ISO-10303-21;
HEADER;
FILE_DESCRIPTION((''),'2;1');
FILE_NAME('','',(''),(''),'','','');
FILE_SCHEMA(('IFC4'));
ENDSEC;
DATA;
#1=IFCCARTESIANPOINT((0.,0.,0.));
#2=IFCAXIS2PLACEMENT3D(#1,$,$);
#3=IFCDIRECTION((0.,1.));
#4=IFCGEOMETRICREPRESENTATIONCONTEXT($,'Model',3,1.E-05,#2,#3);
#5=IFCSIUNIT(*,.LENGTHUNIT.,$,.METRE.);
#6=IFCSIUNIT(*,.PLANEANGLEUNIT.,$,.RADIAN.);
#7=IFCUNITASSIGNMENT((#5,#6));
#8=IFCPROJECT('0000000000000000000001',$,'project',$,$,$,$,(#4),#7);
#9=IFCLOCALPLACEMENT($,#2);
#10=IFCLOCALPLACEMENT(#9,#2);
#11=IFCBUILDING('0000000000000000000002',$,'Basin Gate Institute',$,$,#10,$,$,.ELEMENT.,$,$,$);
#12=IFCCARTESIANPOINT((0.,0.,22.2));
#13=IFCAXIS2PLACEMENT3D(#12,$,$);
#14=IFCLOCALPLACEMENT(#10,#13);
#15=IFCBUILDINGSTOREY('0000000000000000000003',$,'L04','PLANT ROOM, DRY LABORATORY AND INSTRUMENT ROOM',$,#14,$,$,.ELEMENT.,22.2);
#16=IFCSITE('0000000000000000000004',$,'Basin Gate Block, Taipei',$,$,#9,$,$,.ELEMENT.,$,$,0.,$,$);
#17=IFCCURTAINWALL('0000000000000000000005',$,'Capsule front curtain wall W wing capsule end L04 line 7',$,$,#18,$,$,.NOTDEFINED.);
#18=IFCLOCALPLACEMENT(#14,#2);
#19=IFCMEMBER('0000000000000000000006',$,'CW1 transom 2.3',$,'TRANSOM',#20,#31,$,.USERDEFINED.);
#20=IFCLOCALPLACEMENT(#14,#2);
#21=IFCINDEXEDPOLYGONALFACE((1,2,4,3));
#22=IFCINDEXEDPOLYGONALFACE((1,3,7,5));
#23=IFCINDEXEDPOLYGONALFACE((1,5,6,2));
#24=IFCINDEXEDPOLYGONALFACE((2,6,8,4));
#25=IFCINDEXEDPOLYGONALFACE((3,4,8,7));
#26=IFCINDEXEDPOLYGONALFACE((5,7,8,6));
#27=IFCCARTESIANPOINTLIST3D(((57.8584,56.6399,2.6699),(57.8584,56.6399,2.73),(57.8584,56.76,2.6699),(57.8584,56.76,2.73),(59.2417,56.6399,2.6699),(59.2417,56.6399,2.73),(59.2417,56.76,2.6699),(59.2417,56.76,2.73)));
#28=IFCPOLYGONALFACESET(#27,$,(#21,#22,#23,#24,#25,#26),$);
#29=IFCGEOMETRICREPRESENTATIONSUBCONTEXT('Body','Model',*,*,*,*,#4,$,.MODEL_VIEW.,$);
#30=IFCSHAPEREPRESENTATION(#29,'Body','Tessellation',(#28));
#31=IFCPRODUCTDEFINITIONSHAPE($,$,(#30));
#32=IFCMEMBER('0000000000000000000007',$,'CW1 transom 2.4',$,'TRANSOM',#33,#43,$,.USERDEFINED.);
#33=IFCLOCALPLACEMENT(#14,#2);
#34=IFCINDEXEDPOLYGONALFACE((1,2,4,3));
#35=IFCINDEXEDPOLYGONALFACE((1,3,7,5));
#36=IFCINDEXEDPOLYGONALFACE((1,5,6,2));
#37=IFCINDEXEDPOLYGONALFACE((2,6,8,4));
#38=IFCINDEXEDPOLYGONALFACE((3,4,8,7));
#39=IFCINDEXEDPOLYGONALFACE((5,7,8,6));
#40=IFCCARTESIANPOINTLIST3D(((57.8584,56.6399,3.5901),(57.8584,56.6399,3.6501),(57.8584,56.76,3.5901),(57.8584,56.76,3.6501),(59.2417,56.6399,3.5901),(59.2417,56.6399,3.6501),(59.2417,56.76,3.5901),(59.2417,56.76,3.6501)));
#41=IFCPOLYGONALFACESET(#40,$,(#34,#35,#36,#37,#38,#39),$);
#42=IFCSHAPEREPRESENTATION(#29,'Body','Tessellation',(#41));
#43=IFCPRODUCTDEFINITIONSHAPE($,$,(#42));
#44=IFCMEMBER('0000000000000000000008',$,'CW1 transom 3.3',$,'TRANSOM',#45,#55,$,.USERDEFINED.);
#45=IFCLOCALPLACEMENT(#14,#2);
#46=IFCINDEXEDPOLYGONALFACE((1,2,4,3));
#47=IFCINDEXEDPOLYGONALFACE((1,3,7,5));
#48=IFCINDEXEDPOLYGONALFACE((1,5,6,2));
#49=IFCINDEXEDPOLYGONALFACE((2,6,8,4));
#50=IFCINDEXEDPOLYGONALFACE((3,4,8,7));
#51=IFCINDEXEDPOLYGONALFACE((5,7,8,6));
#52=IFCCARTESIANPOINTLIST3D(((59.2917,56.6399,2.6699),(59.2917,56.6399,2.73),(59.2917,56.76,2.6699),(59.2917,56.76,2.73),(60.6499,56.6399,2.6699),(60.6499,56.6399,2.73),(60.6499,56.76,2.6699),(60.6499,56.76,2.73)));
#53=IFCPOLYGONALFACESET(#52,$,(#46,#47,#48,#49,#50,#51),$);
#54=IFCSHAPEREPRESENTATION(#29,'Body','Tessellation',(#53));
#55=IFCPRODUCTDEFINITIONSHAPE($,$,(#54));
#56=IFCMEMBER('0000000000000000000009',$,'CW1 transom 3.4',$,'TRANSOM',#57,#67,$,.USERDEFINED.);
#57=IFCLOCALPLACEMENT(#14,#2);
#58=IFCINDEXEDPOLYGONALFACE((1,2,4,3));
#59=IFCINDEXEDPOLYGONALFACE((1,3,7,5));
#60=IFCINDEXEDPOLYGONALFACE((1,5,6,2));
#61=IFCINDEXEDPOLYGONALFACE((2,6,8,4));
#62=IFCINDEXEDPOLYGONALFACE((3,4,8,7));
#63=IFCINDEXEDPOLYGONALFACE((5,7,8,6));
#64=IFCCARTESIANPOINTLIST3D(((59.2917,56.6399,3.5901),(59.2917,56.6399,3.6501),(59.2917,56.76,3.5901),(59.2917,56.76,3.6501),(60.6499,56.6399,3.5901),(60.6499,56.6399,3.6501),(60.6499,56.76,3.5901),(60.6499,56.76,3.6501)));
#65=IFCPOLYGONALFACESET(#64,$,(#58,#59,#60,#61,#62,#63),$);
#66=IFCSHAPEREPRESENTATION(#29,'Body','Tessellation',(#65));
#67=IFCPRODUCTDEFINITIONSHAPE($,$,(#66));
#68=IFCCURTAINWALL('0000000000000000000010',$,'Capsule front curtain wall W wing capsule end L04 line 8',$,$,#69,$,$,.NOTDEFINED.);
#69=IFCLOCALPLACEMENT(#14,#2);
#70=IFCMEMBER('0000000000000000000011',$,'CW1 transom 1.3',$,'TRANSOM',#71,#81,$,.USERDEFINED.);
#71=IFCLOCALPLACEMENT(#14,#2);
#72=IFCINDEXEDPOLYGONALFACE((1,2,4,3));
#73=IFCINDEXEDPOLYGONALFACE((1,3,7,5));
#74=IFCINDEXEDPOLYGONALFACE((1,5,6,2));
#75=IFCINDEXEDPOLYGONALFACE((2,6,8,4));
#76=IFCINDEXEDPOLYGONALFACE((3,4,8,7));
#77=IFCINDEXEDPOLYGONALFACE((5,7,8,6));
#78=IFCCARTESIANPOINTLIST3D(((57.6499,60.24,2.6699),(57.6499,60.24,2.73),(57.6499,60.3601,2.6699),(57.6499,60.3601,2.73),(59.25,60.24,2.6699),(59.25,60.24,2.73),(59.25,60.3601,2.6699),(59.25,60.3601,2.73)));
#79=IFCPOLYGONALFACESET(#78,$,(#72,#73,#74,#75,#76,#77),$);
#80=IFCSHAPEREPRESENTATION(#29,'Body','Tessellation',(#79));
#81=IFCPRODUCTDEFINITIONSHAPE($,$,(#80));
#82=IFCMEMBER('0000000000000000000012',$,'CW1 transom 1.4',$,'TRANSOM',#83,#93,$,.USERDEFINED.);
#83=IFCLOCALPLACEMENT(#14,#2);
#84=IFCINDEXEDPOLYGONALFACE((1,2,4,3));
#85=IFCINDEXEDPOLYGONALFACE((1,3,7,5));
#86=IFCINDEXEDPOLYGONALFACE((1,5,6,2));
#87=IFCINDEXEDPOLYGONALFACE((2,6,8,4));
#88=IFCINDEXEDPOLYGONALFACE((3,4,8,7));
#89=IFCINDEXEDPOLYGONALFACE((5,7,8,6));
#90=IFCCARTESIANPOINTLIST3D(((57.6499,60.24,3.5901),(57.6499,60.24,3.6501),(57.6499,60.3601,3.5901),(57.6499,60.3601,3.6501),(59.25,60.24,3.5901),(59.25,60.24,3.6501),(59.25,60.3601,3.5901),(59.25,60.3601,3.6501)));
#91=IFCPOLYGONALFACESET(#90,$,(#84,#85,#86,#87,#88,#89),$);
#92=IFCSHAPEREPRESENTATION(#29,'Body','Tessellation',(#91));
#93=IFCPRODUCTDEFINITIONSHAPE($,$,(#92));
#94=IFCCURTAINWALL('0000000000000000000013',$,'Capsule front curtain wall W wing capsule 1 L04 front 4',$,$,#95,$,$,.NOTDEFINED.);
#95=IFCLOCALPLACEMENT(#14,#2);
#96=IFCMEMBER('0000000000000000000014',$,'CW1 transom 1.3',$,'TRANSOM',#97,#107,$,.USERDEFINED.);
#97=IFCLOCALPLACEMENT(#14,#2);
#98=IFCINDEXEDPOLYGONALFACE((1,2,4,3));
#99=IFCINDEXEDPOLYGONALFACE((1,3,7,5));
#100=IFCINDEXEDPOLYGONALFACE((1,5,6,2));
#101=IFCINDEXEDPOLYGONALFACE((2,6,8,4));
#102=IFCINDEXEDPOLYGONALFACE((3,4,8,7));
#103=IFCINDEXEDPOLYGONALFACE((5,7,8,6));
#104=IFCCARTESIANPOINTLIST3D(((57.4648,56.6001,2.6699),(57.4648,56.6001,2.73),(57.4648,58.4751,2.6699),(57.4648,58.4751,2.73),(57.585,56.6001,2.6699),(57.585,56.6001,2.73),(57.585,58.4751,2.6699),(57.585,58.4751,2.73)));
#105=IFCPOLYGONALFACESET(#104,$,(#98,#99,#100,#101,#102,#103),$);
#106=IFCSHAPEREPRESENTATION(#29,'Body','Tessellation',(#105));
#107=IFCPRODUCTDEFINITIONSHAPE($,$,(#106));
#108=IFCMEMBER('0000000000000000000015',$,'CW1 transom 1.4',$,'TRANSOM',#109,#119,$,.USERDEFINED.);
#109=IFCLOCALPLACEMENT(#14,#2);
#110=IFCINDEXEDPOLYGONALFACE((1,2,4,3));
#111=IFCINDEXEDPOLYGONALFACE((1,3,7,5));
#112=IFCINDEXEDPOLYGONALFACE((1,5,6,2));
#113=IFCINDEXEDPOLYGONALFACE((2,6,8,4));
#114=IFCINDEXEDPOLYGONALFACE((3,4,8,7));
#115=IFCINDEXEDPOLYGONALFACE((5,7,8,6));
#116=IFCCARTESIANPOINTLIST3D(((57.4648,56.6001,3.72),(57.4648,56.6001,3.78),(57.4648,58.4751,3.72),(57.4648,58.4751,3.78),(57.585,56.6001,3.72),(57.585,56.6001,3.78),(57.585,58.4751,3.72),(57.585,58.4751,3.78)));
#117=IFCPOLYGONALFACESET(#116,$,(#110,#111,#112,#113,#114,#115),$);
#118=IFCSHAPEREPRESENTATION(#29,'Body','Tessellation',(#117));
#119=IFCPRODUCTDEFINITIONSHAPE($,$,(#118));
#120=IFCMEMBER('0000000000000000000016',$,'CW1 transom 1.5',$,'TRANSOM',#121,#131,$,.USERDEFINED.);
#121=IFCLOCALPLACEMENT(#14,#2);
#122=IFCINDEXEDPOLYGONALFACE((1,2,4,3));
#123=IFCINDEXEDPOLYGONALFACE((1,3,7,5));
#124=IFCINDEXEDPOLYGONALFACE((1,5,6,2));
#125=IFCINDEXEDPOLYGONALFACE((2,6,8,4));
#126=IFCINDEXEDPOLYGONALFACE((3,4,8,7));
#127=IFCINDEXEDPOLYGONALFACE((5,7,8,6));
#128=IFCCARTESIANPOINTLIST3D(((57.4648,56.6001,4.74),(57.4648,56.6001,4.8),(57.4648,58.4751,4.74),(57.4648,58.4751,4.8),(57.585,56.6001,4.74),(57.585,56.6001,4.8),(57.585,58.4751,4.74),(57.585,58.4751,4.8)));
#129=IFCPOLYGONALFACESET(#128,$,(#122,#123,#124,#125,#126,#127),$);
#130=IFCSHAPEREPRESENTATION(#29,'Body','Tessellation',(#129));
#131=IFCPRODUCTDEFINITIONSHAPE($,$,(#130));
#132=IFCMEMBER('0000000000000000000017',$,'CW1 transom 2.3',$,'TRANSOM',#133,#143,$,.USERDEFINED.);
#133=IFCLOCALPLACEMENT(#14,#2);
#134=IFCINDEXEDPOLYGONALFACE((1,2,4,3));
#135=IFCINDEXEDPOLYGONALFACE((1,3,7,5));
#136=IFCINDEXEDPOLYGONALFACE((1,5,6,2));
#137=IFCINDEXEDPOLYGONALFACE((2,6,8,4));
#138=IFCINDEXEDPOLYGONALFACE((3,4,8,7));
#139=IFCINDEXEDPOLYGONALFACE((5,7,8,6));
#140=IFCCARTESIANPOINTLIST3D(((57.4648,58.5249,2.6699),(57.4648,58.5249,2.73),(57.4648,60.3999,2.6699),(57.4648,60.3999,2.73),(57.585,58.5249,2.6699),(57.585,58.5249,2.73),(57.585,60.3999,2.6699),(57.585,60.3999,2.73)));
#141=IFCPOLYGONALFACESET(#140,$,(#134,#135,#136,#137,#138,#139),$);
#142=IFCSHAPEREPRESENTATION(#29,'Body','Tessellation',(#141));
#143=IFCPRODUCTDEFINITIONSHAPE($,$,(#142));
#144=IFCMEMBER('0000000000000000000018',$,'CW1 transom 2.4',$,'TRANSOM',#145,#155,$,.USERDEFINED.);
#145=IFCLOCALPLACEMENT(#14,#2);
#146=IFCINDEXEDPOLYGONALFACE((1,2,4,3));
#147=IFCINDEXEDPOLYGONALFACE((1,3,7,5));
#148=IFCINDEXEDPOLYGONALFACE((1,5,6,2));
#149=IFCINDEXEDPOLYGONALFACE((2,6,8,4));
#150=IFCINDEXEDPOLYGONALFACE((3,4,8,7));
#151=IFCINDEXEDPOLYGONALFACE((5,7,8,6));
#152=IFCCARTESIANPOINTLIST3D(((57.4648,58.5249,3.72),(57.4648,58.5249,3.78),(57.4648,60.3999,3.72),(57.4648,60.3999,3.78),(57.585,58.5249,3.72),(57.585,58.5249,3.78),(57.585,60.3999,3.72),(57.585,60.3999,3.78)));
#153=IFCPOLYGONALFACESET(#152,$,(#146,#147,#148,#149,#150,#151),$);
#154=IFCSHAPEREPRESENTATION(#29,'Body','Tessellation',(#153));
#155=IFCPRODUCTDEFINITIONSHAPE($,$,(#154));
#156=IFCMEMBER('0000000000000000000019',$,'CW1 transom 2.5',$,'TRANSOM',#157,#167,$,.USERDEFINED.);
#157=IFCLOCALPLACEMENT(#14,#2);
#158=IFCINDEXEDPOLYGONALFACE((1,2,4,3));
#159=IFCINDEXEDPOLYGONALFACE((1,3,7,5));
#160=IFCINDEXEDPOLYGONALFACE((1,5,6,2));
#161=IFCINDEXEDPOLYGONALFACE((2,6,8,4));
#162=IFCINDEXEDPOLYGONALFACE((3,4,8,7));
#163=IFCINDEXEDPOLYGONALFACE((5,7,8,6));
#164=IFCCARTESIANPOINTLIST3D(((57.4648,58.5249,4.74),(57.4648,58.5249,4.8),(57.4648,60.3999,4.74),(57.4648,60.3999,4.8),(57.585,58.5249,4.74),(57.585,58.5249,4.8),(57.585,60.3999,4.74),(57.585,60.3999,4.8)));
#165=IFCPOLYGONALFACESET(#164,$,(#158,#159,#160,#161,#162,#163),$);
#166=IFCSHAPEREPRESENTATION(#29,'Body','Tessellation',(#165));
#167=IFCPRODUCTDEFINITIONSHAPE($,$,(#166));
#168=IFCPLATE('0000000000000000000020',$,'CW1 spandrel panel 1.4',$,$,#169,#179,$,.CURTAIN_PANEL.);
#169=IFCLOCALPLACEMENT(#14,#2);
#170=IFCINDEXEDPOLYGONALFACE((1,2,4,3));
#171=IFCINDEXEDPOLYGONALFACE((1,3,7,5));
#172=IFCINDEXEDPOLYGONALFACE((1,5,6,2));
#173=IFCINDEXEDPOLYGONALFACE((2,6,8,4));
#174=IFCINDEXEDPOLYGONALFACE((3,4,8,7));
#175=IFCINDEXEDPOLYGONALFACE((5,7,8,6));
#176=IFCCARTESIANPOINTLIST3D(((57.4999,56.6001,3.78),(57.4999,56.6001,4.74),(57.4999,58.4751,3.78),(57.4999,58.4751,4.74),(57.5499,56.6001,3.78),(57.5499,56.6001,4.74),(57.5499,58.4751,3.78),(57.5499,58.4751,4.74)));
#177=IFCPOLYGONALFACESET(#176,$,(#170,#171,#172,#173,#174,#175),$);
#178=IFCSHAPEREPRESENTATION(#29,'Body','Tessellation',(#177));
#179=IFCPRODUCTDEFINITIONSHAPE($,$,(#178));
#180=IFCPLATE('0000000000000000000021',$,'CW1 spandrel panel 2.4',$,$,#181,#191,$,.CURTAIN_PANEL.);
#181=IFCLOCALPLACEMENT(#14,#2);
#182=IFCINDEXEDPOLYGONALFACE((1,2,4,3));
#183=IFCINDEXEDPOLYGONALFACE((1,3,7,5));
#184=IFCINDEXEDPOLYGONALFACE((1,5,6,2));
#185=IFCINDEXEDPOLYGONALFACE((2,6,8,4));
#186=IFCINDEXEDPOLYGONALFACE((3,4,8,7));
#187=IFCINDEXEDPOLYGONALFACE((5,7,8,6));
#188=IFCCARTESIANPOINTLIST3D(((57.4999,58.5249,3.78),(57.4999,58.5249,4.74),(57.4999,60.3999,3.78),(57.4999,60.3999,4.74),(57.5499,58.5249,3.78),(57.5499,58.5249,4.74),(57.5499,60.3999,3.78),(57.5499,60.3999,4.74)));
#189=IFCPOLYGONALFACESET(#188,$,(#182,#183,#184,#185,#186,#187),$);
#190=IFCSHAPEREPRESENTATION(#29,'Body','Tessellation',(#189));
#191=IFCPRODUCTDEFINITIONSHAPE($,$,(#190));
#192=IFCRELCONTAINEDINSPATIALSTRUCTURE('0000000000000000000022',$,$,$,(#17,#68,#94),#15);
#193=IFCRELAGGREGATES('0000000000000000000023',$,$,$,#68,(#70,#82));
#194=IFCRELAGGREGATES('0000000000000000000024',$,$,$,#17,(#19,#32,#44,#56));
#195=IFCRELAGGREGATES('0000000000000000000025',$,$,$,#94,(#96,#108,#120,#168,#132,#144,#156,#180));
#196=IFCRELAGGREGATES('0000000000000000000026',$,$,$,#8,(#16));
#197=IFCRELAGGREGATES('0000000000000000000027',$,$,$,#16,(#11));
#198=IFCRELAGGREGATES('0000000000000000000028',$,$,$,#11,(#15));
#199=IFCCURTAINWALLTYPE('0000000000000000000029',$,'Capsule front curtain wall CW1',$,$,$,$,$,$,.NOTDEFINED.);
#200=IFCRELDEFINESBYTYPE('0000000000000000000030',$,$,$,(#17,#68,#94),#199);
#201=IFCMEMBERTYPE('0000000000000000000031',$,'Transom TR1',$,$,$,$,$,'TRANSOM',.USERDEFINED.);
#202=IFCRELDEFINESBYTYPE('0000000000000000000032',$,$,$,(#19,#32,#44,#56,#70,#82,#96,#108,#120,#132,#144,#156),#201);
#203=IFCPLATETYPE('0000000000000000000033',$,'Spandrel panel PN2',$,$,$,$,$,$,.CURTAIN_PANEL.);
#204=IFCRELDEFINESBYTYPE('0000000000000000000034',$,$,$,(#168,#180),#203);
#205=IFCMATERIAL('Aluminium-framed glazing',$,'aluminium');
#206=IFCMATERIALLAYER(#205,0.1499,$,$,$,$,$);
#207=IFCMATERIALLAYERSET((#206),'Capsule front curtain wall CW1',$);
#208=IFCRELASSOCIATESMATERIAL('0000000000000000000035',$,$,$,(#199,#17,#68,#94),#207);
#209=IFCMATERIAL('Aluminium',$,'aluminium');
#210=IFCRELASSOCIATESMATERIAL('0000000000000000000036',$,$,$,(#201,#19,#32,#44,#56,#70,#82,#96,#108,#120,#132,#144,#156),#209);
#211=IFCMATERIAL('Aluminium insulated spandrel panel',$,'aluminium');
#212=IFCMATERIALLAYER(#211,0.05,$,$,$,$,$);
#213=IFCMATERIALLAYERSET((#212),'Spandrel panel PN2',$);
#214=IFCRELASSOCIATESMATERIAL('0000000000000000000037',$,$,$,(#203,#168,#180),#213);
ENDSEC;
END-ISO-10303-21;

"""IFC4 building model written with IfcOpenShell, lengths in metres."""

from ifc_helpers import new_model, si_unit, direction, frame, origin, origin_2d, place, context, subcontext, project, spatial, rectangle, extrude, material, layer, layer_set, material_profile, profile_set, type_object, element, aggregate, save


model = new_model("IFC4")

# Units and contexts
model_context = context("Model", 3, precision=1e-05, world=origin(), true_north=direction((0.0, 1.0)))
body_context = subcontext(model_context, "Body", "Model", "MODEL_VIEW")
ifc_project = project(units=[si_unit("LENGTHUNIT", "METRE"), si_unit("PLANEANGLEUNIT", "RADIAN")], contexts=[model_context])

# Site, building, storey
site_placement = place(None, origin())
site = spatial("IfcSite", under=ifc_project, at=site_placement, Name="Basin Gate Block, Taipei", CompositionType="ELEMENT", RefElevation=0.0)
building_placement = place(site_placement, origin())
building = spatial("IfcBuilding", under=site, at=building_placement, Name="Basin Gate Institute", CompositionType="ELEMENT")
storey_placement = place(building_placement, frame((0.0, 0.0, 22.2)))
storey = spatial("IfcBuildingStorey", under=building, at=storey_placement, Name="L04", Description="PLANT ROOM, DRY LABORATORY AND INSTRUMENT ROOM", CompositionType="ELEMENT", Elevation=22.2)

# Curtain walls, members
ifc_material_1 = material(Name="Aluminium-framed glazing", Category="aluminium")
ifc_layer_1 = layer(ifc_material_1, 0.1499)
ifc_layer_set_1 = layer_set([ifc_layer_1], Name="Capsule front curtain wall CW1")
curtain_wall_type = type_object("IfcCurtainWallType", Name="Capsule front curtain wall CW1", PredefinedType="NOTDEFINED", material=ifc_layer_set_1)
curtain_wall_1_placement = place(storey_placement, origin())
curtain_wall_1 = element("IfcCurtainWall", 1, at=curtain_wall_1_placement, inside=storey, type_object=curtain_wall_type, material=ifc_layer_set_1, Name="Capsule front curtain wall W wing capsule end L04 line 7", PredefinedType="NOTDEFINED")
ifc_material_2 = material(Name="Aluminium", Category="aluminium")
ifc_material_profile = material_profile(ifc_material_2, rectangle(XDim=0.1201, YDim=0.0601, at=origin_2d()), Name="Transom TR1 120 x 60")
ifc_profile_set = profile_set([ifc_material_profile], Name="Aluminium")
member_type = type_object("IfcMemberType", Name="Transom TR1", ElementType="TRANSOM", PredefinedType="USERDEFINED", material=ifc_profile_set)
member_1_placement = place(storey_placement, frame((57.8584, 56.7, 2.7), z_axis=(1.0, 0.0, 0.0), x_axis=(0.0, 1.0, 0.0)))
member_1 = element("IfcMember", 2, at=member_1_placement, type_object=member_type, material=ifc_profile_set, Name="CW1 transom 2.3", ObjectType="TRANSOM", PredefinedType="USERDEFINED", context=body_context, shape_type="SweptSolid", body=[
    extrude(rectangle(XDim=0.1201, YDim=0.0601, at=origin_2d()), origin(), (0.0, 0.0, 1.0), 1.3833),
])
member_2_placement = place(storey_placement, frame((57.8584, 56.7, 3.6201), z_axis=(1.0, 0.0, 0.0), x_axis=(0.0, 1.0, 0.0)))
member_2 = element("IfcMember", 3, at=member_2_placement, type_object=member_type, material=ifc_profile_set, Name="CW1 transom 2.4", ObjectType="TRANSOM", PredefinedType="USERDEFINED", context=body_context, shape_type="SweptSolid", body=[
    extrude(rectangle(XDim=0.1201, YDim=0.0601, at=origin_2d()), origin(), (0.0, 0.0, 1.0), 1.3833),
])
member_3_placement = place(storey_placement, frame((59.2917, 56.7, 2.7), z_axis=(1.0, 0.0, 0.0), x_axis=(0.0, 1.0, 0.0)))
member_3 = element("IfcMember", 4, at=member_3_placement, type_object=member_type, material=ifc_profile_set, Name="CW1 transom 3.3", ObjectType="TRANSOM", PredefinedType="USERDEFINED", context=body_context, shape_type="SweptSolid", body=[
    extrude(rectangle(XDim=0.1201, YDim=0.0601, at=origin_2d()), origin(), (0.0, 0.0, 1.0), 1.3582),
])
member_4_placement = place(storey_placement, frame((59.2917, 56.7, 3.6201), z_axis=(1.0, 0.0, 0.0), x_axis=(0.0, 1.0, 0.0)))
member_4 = element("IfcMember", 5, at=member_4_placement, type_object=member_type, material=ifc_profile_set, Name="CW1 transom 3.4", ObjectType="TRANSOM", PredefinedType="USERDEFINED", context=body_context, shape_type="SweptSolid", body=[
    extrude(rectangle(XDim=0.1201, YDim=0.0601, at=origin_2d()), origin(), (0.0, 0.0, 1.0), 1.3582),
])
curtain_wall_2_placement = place(storey_placement, origin())
curtain_wall_2 = element("IfcCurtainWall", 6, at=curtain_wall_2_placement, inside=storey, type_object=curtain_wall_type, material=ifc_layer_set_1, Name="Capsule front curtain wall W wing capsule end L04 line 8", PredefinedType="NOTDEFINED")
member_5_placement = place(storey_placement, frame((57.6499, 60.3, 2.7), z_axis=(1.0, 0.0, 0.0), x_axis=(0.0, 1.0, 0.0)))
member_5 = element("IfcMember", 7, at=member_5_placement, type_object=member_type, material=ifc_profile_set, Name="CW1 transom 1.3", ObjectType="TRANSOM", PredefinedType="USERDEFINED", context=body_context, shape_type="SweptSolid", body=[
    extrude(rectangle(XDim=0.1201, YDim=0.0601, at=origin_2d()), origin(), (0.0, 0.0, 1.0), 1.6001),
])
member_6_placement = place(storey_placement, frame((57.6499, 60.3, 3.6201), z_axis=(1.0, 0.0, 0.0), x_axis=(0.0, 1.0, 0.0)))
member_6 = element("IfcMember", 8, at=member_6_placement, type_object=member_type, material=ifc_profile_set, Name="CW1 transom 1.4", ObjectType="TRANSOM", PredefinedType="USERDEFINED", context=body_context, shape_type="SweptSolid", body=[
    extrude(rectangle(XDim=0.1201, YDim=0.0601, at=origin_2d()), origin(), (0.0, 0.0, 1.0), 1.6001),
])
aggregate(curtain_wall_2, [member_5, member_6])

# Curtain wall, members, plates
curtain_wall_3_placement = place(storey_placement, origin())
curtain_wall_3 = element("IfcCurtainWall", 9, at=curtain_wall_3_placement, inside=storey, type_object=curtain_wall_type, material=ifc_layer_set_1, Name="Capsule front curtain wall W wing capsule 1 L04 front 4", PredefinedType="NOTDEFINED")
member_7_placement = place(storey_placement, frame((57.5249, 56.6001, 2.7), z_axis=(0.0, 1.0, 0.0), x_axis=(-1.0, 0.0, 0.0)))
member_7 = element("IfcMember", 10, at=member_7_placement, type_object=member_type, material=ifc_profile_set, Name="CW1 transom 1.3", ObjectType="TRANSOM", PredefinedType="USERDEFINED", context=body_context, shape_type="SweptSolid", body=[
    extrude(rectangle(XDim=0.1201, YDim=0.0601, at=origin_2d()), origin(), (0.0, 0.0, 1.0), 1.875),
])
member_8_placement = place(storey_placement, frame((57.5249, 56.6001, 3.75), z_axis=(0.0, 1.0, 0.0), x_axis=(-1.0, 0.0, 0.0)))
member_8 = element("IfcMember", 11, at=member_8_placement, type_object=member_type, material=ifc_profile_set, Name="CW1 transom 1.4", ObjectType="TRANSOM", PredefinedType="USERDEFINED", context=body_context, shape_type="SweptSolid", body=[
    extrude(rectangle(XDim=0.1201, YDim=0.0601, at=origin_2d()), origin(), (0.0, 0.0, 1.0), 1.875),
])
member_9_placement = place(storey_placement, frame((57.5249, 56.6001, 4.77), z_axis=(0.0, 1.0, 0.0), x_axis=(-1.0, 0.0, 0.0)))
member_9 = element("IfcMember", 12, at=member_9_placement, type_object=member_type, material=ifc_profile_set, Name="CW1 transom 1.5", ObjectType="TRANSOM", PredefinedType="USERDEFINED", context=body_context, shape_type="SweptSolid", body=[
    extrude(rectangle(XDim=0.1201, YDim=0.0601, at=origin_2d()), origin(), (0.0, 0.0, 1.0), 1.875),
])
member_10_placement = place(storey_placement, frame((57.5249, 58.5249, 2.7), z_axis=(0.0, 1.0, 0.0), x_axis=(-1.0, 0.0, 0.0)))
member_10 = element("IfcMember", 13, at=member_10_placement, type_object=member_type, material=ifc_profile_set, Name="CW1 transom 2.3", ObjectType="TRANSOM", PredefinedType="USERDEFINED", context=body_context, shape_type="SweptSolid", body=[
    extrude(rectangle(XDim=0.1201, YDim=0.0601, at=origin_2d()), origin(), (0.0, 0.0, 1.0), 1.875),
])
member_11_placement = place(storey_placement, frame((57.5249, 58.5249, 3.75), z_axis=(0.0, 1.0, 0.0), x_axis=(-1.0, 0.0, 0.0)))
member_11 = element("IfcMember", 14, at=member_11_placement, type_object=member_type, material=ifc_profile_set, Name="CW1 transom 2.4", ObjectType="TRANSOM", PredefinedType="USERDEFINED", context=body_context, shape_type="SweptSolid", body=[
    extrude(rectangle(XDim=0.1201, YDim=0.0601, at=origin_2d()), origin(), (0.0, 0.0, 1.0), 1.875),
])
member_12_placement = place(storey_placement, frame((57.5249, 58.5249, 4.77), z_axis=(0.0, 1.0, 0.0), x_axis=(-1.0, 0.0, 0.0)))
member_12 = element("IfcMember", 15, at=member_12_placement, type_object=member_type, material=ifc_profile_set, Name="CW1 transom 2.5", ObjectType="TRANSOM", PredefinedType="USERDEFINED", context=body_context, shape_type="SweptSolid", body=[
    extrude(rectangle(XDim=0.1201, YDim=0.0601, at=origin_2d()), origin(), (0.0, 0.0, 1.0), 1.875),
])
ifc_material_3 = material(Name="Aluminium insulated spandrel panel", Category="aluminium")
ifc_layer_2 = layer(ifc_material_3, 0.05)
ifc_layer_set_2 = layer_set([ifc_layer_2], Name="Spandrel panel PN2")
plate_type_1 = type_object("IfcPlateType", Name="Spandrel panel PN2", PredefinedType="CURTAIN_PANEL", material=ifc_layer_set_2)
plate_1_placement = place(storey_placement, frame((57.5249, 57.5376, 3.78), z_axis=(0.0, 0.0, 1.0), x_axis=(0.0, 1.0, 0.0)))
plate_1 = element("IfcPlate", 16, at=plate_1_placement, type_object=plate_type_1, material=ifc_layer_set_2, Name="CW1 spandrel panel 1.4", PredefinedType="CURTAIN_PANEL", context=body_context, shape_type="SweptSolid", body=[
    extrude(rectangle(XDim=1.875, YDim=0.05, at=origin_2d()), origin(), (0.0, 0.0, 1.0), 0.96),
])
plate_2_placement = place(storey_placement, frame((57.5249, 59.4624, 3.78), z_axis=(0.0, 0.0, 1.0), x_axis=(0.0, 1.0, 0.0)))
plate_2 = element("IfcPlate", 17, at=plate_2_placement, type_object=plate_type_1, material=ifc_layer_set_2, Name="CW1 spandrel panel 2.4", PredefinedType="CURTAIN_PANEL", context=body_context, shape_type="SweptSolid", body=[
    extrude(rectangle(XDim=1.875, YDim=0.05, at=origin_2d()), origin(), (0.0, 0.0, 1.0), 0.96),
])

aggregate(curtain_wall_1, [member_1, member_2, member_3, member_4])
aggregate(curtain_wall_3, [member_7, member_8, member_9, plate_1, member_10, member_11, member_12, plate_2])

save(model, "model.ifc")
